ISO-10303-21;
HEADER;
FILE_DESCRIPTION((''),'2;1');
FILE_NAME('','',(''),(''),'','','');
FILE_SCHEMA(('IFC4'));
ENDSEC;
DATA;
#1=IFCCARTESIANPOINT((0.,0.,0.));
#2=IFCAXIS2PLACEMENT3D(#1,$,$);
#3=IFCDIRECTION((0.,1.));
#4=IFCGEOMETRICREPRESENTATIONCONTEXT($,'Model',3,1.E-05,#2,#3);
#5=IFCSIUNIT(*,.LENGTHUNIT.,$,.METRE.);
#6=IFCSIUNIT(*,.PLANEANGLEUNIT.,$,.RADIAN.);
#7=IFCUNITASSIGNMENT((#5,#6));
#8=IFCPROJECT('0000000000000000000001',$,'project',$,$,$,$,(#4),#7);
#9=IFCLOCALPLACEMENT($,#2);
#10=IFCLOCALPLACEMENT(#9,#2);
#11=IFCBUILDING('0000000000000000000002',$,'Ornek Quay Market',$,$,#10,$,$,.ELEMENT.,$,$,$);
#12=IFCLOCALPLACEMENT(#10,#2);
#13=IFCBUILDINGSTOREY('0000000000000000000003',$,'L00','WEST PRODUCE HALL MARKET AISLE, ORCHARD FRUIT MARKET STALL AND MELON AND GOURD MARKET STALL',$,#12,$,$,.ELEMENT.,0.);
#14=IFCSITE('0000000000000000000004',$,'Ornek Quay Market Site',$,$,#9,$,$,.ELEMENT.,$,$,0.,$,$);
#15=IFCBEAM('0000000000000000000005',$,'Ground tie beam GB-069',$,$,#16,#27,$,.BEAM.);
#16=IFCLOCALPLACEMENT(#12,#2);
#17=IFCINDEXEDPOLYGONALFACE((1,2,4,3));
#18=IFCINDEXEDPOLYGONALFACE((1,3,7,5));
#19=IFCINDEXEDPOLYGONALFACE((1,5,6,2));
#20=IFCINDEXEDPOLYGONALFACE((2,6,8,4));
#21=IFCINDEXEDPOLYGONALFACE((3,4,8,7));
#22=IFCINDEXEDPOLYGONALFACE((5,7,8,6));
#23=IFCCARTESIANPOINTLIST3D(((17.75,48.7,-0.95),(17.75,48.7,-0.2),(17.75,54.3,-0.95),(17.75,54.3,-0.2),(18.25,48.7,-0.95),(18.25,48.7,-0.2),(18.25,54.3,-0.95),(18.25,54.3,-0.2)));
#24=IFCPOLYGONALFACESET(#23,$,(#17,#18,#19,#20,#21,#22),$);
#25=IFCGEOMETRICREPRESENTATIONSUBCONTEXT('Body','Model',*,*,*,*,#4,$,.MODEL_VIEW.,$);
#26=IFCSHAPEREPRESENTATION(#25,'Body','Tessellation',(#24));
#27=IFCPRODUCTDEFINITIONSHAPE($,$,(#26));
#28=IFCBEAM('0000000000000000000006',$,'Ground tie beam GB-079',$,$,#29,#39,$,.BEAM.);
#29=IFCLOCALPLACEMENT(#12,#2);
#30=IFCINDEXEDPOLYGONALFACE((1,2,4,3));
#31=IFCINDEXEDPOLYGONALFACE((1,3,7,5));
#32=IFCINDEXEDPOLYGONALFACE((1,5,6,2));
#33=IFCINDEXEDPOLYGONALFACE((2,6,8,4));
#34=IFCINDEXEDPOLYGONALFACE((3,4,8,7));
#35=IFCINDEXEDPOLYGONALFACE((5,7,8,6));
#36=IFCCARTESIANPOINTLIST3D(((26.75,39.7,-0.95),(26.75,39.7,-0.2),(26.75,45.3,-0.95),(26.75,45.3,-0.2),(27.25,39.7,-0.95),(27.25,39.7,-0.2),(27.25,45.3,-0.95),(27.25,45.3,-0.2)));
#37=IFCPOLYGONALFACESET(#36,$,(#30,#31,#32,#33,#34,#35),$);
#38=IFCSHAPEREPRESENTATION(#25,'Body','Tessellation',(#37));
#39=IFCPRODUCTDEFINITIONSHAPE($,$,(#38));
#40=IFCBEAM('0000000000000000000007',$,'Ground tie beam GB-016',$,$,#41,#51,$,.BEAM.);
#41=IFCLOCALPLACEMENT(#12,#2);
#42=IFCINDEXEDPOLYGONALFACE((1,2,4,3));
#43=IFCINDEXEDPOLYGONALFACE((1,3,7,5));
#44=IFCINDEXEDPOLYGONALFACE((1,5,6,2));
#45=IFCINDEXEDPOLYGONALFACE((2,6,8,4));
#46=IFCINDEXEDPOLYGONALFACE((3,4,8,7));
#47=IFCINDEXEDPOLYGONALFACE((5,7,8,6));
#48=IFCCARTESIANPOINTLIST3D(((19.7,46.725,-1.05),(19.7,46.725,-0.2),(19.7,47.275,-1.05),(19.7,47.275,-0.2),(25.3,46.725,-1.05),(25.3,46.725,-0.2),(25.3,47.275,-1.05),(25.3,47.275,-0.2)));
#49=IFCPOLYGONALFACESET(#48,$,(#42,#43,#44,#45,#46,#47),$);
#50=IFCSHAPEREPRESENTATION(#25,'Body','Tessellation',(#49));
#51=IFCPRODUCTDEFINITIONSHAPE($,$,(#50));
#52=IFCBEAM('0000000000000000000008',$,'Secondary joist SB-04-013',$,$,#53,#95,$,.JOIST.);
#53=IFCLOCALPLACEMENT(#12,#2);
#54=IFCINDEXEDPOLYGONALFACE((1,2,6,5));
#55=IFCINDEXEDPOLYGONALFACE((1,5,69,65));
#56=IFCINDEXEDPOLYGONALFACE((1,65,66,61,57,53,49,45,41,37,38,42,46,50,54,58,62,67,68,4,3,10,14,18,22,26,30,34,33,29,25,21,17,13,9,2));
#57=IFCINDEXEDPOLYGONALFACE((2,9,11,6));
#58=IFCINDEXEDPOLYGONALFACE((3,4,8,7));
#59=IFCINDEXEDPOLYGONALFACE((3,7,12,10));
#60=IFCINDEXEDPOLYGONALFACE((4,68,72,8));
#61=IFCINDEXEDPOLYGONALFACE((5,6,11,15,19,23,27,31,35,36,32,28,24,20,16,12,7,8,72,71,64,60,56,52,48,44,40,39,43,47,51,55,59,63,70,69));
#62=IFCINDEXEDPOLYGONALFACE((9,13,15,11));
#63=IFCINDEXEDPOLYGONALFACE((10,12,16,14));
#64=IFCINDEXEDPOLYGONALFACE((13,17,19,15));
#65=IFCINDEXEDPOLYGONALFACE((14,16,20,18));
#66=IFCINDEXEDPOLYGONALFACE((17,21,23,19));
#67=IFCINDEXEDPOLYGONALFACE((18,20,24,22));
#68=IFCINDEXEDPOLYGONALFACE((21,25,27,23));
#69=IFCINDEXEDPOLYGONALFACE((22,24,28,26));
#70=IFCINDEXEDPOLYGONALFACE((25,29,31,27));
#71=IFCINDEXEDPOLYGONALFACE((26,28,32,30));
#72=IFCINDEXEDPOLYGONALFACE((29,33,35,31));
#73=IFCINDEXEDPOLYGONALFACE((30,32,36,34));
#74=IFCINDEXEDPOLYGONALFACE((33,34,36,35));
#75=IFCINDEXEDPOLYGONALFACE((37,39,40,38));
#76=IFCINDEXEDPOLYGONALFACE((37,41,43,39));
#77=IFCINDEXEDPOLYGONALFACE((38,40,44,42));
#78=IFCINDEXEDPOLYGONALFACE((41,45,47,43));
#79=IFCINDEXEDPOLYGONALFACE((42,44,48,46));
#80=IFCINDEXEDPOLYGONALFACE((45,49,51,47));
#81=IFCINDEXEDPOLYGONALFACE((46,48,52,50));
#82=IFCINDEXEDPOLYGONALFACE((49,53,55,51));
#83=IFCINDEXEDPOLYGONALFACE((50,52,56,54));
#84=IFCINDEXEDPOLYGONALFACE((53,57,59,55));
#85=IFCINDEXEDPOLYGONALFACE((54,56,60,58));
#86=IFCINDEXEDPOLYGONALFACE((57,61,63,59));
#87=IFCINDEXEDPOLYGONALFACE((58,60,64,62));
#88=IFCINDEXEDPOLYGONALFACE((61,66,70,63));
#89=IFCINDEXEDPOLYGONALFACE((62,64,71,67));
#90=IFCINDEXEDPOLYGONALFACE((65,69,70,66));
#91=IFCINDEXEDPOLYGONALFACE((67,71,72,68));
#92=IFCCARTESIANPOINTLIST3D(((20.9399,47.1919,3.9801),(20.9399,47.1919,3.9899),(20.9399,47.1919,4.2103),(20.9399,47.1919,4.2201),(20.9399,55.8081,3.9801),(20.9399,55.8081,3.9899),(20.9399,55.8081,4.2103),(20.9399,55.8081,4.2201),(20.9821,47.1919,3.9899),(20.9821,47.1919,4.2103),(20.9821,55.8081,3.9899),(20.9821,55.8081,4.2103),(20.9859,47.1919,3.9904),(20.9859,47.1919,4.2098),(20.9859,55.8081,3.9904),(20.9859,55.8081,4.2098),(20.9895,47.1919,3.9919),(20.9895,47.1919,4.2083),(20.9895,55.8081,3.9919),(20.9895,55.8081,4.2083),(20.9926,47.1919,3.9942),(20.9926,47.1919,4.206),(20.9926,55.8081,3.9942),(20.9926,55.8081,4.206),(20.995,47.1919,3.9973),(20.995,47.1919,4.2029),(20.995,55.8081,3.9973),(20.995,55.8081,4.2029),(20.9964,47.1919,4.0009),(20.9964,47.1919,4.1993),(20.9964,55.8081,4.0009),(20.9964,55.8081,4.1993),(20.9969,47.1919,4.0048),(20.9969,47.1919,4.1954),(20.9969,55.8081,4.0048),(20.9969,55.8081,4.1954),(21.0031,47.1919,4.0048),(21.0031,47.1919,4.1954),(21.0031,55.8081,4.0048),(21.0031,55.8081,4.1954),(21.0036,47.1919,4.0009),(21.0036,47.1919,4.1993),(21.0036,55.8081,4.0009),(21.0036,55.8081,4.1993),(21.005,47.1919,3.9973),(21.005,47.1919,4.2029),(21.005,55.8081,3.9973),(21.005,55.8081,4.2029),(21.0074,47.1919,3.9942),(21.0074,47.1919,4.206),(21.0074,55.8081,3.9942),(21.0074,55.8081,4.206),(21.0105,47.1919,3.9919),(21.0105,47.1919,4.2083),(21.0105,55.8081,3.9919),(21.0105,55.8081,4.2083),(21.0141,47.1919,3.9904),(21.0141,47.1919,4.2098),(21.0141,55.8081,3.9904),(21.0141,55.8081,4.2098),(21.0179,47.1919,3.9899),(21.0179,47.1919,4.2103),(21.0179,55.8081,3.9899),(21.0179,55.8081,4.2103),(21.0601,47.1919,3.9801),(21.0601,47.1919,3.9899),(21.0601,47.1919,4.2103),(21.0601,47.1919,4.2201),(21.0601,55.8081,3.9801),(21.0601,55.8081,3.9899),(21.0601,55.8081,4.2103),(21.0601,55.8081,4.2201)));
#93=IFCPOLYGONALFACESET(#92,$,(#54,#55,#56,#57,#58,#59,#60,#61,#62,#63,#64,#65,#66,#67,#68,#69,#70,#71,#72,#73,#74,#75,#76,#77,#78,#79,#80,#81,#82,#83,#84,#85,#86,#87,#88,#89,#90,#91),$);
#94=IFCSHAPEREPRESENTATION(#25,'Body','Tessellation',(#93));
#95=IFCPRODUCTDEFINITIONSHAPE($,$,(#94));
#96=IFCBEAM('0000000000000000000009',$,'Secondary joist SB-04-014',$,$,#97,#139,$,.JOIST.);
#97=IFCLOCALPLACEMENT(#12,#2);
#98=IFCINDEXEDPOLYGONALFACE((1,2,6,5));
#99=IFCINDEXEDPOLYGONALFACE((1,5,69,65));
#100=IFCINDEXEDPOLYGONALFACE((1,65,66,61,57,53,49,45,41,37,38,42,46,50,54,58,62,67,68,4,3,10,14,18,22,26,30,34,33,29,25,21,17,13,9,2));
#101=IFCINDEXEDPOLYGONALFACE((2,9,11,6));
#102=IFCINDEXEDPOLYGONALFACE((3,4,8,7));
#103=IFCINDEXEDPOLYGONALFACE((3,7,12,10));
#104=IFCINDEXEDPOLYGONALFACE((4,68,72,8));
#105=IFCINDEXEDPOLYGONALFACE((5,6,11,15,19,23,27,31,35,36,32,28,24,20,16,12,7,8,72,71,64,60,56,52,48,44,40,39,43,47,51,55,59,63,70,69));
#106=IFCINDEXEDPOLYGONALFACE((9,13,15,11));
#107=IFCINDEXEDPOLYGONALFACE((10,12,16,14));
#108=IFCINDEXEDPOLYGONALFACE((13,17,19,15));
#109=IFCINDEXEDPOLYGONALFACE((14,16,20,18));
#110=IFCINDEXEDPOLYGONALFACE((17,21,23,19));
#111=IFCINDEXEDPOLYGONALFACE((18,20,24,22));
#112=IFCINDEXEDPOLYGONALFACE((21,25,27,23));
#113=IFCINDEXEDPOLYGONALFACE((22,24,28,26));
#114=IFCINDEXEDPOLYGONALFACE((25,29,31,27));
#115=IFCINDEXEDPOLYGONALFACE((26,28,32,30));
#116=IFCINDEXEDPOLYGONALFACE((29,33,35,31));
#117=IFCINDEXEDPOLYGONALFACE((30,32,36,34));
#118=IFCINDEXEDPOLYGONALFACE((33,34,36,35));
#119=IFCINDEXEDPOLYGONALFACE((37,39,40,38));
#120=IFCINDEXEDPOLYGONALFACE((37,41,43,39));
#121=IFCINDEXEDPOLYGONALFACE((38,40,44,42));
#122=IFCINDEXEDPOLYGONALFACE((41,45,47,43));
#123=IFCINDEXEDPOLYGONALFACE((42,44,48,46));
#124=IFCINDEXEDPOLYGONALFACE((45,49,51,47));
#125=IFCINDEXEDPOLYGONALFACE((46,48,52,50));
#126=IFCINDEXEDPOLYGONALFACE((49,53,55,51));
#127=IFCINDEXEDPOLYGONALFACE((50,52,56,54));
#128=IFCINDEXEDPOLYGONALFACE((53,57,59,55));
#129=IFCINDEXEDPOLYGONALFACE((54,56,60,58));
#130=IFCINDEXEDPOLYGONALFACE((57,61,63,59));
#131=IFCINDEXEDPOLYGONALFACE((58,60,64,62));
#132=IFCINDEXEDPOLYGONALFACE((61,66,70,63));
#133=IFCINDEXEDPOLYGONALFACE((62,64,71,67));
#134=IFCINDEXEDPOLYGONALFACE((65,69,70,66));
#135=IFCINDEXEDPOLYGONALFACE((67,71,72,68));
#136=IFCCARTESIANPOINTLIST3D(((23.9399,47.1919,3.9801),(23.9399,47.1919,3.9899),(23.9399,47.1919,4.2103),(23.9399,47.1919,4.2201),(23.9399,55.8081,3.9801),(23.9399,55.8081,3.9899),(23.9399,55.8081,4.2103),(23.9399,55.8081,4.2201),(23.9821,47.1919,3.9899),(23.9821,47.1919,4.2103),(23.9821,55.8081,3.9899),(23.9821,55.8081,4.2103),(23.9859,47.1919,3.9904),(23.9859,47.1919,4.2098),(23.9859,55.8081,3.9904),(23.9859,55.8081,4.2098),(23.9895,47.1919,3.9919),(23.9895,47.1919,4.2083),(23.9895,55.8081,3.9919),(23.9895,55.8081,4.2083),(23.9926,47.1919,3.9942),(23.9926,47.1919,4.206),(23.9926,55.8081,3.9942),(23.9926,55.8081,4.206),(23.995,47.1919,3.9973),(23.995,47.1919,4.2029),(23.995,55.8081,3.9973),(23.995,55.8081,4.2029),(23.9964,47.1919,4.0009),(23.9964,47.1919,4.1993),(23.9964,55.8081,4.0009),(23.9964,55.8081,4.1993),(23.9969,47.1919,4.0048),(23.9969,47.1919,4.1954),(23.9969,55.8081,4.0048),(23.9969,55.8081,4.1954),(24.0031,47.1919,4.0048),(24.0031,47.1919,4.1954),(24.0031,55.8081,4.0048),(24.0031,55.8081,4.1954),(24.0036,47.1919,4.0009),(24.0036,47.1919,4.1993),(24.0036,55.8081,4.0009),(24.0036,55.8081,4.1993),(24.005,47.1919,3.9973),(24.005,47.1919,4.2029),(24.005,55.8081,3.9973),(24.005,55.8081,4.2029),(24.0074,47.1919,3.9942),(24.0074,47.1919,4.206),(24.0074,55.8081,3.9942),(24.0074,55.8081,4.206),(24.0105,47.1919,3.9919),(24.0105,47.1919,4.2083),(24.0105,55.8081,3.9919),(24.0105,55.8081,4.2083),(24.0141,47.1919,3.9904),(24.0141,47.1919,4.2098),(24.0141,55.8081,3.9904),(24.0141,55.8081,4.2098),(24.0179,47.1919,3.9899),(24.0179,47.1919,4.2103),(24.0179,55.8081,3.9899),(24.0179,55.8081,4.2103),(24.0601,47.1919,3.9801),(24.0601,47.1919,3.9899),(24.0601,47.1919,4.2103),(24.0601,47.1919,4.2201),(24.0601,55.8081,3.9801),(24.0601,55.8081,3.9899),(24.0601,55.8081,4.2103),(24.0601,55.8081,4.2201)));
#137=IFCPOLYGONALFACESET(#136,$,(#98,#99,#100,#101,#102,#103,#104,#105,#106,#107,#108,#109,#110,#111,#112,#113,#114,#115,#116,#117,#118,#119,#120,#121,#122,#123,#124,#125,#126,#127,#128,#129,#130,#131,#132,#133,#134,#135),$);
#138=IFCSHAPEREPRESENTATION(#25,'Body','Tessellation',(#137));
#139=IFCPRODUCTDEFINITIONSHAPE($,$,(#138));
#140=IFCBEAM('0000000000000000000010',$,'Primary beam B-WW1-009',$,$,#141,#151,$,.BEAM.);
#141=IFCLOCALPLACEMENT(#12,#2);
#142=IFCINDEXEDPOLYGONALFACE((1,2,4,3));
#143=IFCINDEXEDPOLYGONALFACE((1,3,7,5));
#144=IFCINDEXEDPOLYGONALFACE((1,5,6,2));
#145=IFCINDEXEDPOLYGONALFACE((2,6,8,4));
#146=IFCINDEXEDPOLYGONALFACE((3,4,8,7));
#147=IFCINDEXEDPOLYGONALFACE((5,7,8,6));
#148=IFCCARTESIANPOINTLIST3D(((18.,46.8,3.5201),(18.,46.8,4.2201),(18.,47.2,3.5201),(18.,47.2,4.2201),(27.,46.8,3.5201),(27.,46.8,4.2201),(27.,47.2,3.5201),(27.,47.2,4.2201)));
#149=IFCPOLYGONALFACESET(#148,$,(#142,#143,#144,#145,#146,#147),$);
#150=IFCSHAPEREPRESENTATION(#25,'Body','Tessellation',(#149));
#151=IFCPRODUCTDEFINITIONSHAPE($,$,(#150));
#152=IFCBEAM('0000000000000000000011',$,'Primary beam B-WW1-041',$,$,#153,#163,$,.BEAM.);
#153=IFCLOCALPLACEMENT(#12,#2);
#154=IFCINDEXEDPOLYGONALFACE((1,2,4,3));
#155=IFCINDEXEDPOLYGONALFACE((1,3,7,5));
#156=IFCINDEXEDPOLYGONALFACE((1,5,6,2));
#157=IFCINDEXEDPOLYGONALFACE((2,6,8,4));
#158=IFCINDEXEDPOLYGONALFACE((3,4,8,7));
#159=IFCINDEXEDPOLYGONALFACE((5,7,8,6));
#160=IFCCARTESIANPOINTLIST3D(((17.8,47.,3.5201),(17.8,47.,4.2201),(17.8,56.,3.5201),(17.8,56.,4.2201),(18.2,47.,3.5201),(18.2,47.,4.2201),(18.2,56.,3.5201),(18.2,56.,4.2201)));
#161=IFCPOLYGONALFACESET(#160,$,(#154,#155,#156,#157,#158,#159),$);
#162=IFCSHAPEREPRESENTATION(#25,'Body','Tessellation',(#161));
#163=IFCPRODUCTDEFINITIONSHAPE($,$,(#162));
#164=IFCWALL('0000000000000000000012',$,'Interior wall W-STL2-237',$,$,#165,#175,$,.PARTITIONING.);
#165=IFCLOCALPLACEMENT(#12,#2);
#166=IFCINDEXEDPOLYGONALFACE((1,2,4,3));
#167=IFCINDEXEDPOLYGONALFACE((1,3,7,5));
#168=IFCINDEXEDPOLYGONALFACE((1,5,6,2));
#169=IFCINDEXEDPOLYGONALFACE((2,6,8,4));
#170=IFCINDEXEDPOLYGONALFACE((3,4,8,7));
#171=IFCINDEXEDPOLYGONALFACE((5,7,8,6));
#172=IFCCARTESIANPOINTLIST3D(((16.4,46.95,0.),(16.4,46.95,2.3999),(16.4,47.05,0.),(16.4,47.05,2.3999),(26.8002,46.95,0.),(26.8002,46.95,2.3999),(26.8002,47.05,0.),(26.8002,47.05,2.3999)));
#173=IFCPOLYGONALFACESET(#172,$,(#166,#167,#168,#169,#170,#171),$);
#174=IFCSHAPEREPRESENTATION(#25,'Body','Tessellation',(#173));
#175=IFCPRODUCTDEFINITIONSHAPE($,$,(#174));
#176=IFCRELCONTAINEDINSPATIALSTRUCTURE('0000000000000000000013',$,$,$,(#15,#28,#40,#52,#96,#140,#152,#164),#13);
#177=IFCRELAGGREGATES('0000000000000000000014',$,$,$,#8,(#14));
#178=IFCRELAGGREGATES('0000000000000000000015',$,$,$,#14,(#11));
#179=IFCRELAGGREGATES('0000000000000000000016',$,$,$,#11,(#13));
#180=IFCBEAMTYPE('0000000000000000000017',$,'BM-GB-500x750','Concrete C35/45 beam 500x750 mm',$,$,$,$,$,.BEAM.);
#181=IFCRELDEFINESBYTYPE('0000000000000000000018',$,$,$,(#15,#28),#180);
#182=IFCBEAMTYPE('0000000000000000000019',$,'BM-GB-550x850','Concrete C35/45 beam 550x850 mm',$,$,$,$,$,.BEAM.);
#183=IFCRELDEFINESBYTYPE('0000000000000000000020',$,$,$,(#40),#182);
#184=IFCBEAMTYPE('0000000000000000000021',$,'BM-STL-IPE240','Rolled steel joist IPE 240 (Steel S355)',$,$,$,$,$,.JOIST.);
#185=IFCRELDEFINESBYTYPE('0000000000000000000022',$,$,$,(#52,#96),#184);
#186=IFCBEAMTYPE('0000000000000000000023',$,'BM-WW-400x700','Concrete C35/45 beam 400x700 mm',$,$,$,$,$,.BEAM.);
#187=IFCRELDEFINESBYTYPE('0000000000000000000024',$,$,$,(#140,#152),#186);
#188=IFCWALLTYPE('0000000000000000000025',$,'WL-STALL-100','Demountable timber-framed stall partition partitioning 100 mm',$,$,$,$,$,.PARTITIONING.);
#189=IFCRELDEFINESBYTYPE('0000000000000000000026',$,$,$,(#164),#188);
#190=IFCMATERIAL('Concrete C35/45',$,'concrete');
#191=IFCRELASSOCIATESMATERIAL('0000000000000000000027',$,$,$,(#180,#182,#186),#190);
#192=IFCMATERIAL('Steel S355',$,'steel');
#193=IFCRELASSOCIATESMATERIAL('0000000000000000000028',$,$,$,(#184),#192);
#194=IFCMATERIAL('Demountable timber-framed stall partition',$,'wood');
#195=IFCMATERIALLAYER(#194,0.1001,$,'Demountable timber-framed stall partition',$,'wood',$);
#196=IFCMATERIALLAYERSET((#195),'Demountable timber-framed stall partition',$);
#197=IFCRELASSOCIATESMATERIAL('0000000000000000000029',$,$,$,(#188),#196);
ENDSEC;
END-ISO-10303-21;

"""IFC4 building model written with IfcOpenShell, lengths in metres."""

from ifc_helpers import new_model, si_unit, direction, frame, frame_2d, origin, origin_2d, place, context, subcontext, project, spatial, rectangle, i_section, extrude, material, layer, layer_set, material_profile, profile_set, type_object, element, save


model = new_model("IFC4")

# Units and contexts
model_context = context("Model", 3, precision=1e-05, world=origin(), true_north=direction((0.0, 1.0)))
body_context = subcontext(model_context, "Body", "Model", "MODEL_VIEW")
ifc_project = project(units=[si_unit("LENGTHUNIT", "METRE"), si_unit("PLANEANGLEUNIT", "RADIAN")], contexts=[model_context])

# Site, building, storey
site_placement = place(None, origin())
site = spatial("IfcSite", under=ifc_project, at=site_placement, Name="Ornek Quay Market Site", CompositionType="ELEMENT", RefElevation=0.0)
building_placement = place(site_placement, origin())
building = spatial("IfcBuilding", under=site, at=building_placement, Name="Ornek Quay Market", CompositionType="ELEMENT")
storey_placement = place(building_placement, origin())
storey = spatial("IfcBuildingStorey", under=building, at=storey_placement, Name="L00", Description="WEST PRODUCE HALL MARKET AISLE, ORCHARD FRUIT MARKET STALL AND MELON AND GOURD MARKET STALL", CompositionType="ELEMENT", Elevation=0.0)

# Shared definitions
ifc_material_1 = material(Name="Concrete C35/45", Category="concrete")

# Beams
ifc_material_profile_1 = material_profile(ifc_material_1, rectangle(XDim=0.5, YDim=0.75, at=origin_2d()), Name="RC 500x750", Category="concrete")
ifc_profile_set_1 = profile_set([ifc_material_profile_1], Name="Concrete C35/45")
beam_type_1 = type_object("IfcBeamType", Name="BM-GB-500x750", Description="Concrete C35/45 beam 500x750 mm", PredefinedType="BEAM", material=ifc_profile_set_1)
for number, where, z_axis, x_axis, name in (
    (1, (18.0, 48.7, -0.575), (0.0, 1.0, 0.0), (-1.0, 0.0, 0.0), "Ground tie beam GB-069"),
    (2, (27.0, 39.7, -0.575), (0.0, 1.0, 0.0), (-1.0, 0.0, 0.0), "Ground tie beam GB-079"),
):
    element("IfcBeam", number, at=place(storey_placement, frame(where, z_axis=z_axis, x_axis=x_axis)), inside=storey, type_object=beam_type_1, Name=name, PredefinedType="BEAM", context=body_context, shape_type="SweptSolid", body=[
        extrude(rectangle(XDim=0.5, YDim=0.75, at=origin_2d()), origin(), (0.0, 0.0, 1.0), 5.6001),
    ])
ifc_material_profile_2 = material_profile(ifc_material_1, rectangle(XDim=0.55, YDim=0.8501, at=origin_2d()), Name="RC 550x850", Category="concrete")
ifc_profile_set_2 = profile_set([ifc_material_profile_2], Name="Concrete C35/45")
beam_type_2 = type_object("IfcBeamType", Name="BM-GB-550x850", Description="Concrete C35/45 beam 550x850 mm", PredefinedType="BEAM", material=ifc_profile_set_2)
beam_placement = place(storey_placement, frame((19.7, 47.0, -0.625), z_axis=(1.0, 0.0, 0.0), x_axis=(0.0, 1.0, 0.0)))
element("IfcBeam", 3, at=beam_placement, inside=storey, type_object=beam_type_2, Name="Ground tie beam GB-016", PredefinedType="BEAM", context=body_context, shape_type="SweptSolid", body=[
    extrude(rectangle(XDim=0.55, YDim=0.8501, at=origin_2d()), origin(), (0.0, 0.0, 1.0), 5.6001),
])
ifc_material_2 = material(Name="Steel S355", Category="steel")
ifc_material_profile_3 = material_profile(ifc_material_2, i_section(OverallWidth=0.1201, OverallDepth=0.24, WebThickness=0.0061, FlangeThickness=0.0098, FilletRadius=0.0149, at=origin_2d()), Name="IPE 240", Category="steel")
ifc_profile_set_3 = profile_set([ifc_material_profile_3], Name="Steel S355")
beam_type_3 = type_object("IfcBeamType", Name="BM-STL-IPE240", Description="Rolled steel joist IPE 240 (Steel S355)", PredefinedType="JOIST", material=ifc_profile_set_3)
for number, where, z_axis, x_axis, name in (
    (4, (21.0, 47.1919, 4.1001), (0.0, 1.0, 0.0), (-1.0, 0.0, 0.0), "Secondary joist SB-04-013"),
    (5, (24.0, 47.1919, 4.1001), (0.0, 1.0, 0.0), (-1.0, 0.0, 0.0), "Secondary joist SB-04-014"),
):
    element("IfcBeam", number, at=place(storey_placement, frame(where, z_axis=z_axis, x_axis=x_axis)), inside=storey, type_object=beam_type_3, Name=name, PredefinedType="JOIST", context=body_context, shape_type="SweptSolid", body=[
        extrude(i_section(OverallWidth=0.1201, OverallDepth=0.24, WebThickness=0.0061, FlangeThickness=0.0098, FilletRadius=0.0149, at=origin_2d()), origin(), (0.0, 0.0, 1.0), 8.6162),
    ])
ifc_material_profile_4 = material_profile(ifc_material_1, rectangle(XDim=0.3999, YDim=0.7, at=origin_2d()), Name="RC 400x700", Category="concrete")
ifc_profile_set_4 = profile_set([ifc_material_profile_4], Name="Concrete C35/45")
beam_type_4 = type_object("IfcBeamType", Name="BM-WW-400x700", Description="Concrete C35/45 beam 400x700 mm", PredefinedType="BEAM", material=ifc_profile_set_4)
for number, where, z_axis, x_axis, name in (
    (6, (18.0, 47.0, 3.8701), (1.0, 0.0, 0.0), (0.0, 1.0, 0.0), "Primary beam B-WW1-009"),
    (7, (18.0, 47.0, 3.8701), (0.0, 1.0, 0.0), (-1.0, 0.0, 0.0), "Primary beam B-WW1-041"),
):
    element("IfcBeam", number, at=place(storey_placement, frame(where, z_axis=z_axis, x_axis=x_axis)), inside=storey, type_object=beam_type_4, Name=name, PredefinedType="BEAM", context=body_context, shape_type="SweptSolid", body=[
        extrude(rectangle(XDim=0.3999, YDim=0.7, at=origin_2d()), origin(), (0.0, 0.0, 1.0), 9.0),
    ])

# Wall
ifc_material_3 = material(Name="Demountable timber-framed stall partition", Category="wood")
ifc_layer = layer(ifc_material_3, 0.1001, Name="Demountable timber-framed stall partition", Category="wood")
ifc_layer_set = layer_set([ifc_layer], Name="Demountable timber-framed stall partition")
wall_type = type_object("IfcWallType", Name="WL-STALL-100", Description="Demountable timber-framed stall partition partitioning 100 mm", PredefinedType="PARTITIONING", material=ifc_layer_set)
wall_placement = place(storey_placement, frame((16.3999, 47.0, 0.0), z_axis=(0.0, 0.0, 1.0), x_axis=(1.0, 0.0, 0.0)))
element("IfcWall", 8, at=wall_placement, inside=storey, type_object=wall_type, Name="Interior wall W-STL2-237", PredefinedType="PARTITIONING", context=body_context, shape_type="SweptSolid", body=[
    extrude(rectangle(XDim=10.4001, YDim=0.1001, at=frame_2d((5.2002, 0.0))), origin(), (0.0, 0.0, 1.0), 2.3999),
])

save(model, "model.ifc")
